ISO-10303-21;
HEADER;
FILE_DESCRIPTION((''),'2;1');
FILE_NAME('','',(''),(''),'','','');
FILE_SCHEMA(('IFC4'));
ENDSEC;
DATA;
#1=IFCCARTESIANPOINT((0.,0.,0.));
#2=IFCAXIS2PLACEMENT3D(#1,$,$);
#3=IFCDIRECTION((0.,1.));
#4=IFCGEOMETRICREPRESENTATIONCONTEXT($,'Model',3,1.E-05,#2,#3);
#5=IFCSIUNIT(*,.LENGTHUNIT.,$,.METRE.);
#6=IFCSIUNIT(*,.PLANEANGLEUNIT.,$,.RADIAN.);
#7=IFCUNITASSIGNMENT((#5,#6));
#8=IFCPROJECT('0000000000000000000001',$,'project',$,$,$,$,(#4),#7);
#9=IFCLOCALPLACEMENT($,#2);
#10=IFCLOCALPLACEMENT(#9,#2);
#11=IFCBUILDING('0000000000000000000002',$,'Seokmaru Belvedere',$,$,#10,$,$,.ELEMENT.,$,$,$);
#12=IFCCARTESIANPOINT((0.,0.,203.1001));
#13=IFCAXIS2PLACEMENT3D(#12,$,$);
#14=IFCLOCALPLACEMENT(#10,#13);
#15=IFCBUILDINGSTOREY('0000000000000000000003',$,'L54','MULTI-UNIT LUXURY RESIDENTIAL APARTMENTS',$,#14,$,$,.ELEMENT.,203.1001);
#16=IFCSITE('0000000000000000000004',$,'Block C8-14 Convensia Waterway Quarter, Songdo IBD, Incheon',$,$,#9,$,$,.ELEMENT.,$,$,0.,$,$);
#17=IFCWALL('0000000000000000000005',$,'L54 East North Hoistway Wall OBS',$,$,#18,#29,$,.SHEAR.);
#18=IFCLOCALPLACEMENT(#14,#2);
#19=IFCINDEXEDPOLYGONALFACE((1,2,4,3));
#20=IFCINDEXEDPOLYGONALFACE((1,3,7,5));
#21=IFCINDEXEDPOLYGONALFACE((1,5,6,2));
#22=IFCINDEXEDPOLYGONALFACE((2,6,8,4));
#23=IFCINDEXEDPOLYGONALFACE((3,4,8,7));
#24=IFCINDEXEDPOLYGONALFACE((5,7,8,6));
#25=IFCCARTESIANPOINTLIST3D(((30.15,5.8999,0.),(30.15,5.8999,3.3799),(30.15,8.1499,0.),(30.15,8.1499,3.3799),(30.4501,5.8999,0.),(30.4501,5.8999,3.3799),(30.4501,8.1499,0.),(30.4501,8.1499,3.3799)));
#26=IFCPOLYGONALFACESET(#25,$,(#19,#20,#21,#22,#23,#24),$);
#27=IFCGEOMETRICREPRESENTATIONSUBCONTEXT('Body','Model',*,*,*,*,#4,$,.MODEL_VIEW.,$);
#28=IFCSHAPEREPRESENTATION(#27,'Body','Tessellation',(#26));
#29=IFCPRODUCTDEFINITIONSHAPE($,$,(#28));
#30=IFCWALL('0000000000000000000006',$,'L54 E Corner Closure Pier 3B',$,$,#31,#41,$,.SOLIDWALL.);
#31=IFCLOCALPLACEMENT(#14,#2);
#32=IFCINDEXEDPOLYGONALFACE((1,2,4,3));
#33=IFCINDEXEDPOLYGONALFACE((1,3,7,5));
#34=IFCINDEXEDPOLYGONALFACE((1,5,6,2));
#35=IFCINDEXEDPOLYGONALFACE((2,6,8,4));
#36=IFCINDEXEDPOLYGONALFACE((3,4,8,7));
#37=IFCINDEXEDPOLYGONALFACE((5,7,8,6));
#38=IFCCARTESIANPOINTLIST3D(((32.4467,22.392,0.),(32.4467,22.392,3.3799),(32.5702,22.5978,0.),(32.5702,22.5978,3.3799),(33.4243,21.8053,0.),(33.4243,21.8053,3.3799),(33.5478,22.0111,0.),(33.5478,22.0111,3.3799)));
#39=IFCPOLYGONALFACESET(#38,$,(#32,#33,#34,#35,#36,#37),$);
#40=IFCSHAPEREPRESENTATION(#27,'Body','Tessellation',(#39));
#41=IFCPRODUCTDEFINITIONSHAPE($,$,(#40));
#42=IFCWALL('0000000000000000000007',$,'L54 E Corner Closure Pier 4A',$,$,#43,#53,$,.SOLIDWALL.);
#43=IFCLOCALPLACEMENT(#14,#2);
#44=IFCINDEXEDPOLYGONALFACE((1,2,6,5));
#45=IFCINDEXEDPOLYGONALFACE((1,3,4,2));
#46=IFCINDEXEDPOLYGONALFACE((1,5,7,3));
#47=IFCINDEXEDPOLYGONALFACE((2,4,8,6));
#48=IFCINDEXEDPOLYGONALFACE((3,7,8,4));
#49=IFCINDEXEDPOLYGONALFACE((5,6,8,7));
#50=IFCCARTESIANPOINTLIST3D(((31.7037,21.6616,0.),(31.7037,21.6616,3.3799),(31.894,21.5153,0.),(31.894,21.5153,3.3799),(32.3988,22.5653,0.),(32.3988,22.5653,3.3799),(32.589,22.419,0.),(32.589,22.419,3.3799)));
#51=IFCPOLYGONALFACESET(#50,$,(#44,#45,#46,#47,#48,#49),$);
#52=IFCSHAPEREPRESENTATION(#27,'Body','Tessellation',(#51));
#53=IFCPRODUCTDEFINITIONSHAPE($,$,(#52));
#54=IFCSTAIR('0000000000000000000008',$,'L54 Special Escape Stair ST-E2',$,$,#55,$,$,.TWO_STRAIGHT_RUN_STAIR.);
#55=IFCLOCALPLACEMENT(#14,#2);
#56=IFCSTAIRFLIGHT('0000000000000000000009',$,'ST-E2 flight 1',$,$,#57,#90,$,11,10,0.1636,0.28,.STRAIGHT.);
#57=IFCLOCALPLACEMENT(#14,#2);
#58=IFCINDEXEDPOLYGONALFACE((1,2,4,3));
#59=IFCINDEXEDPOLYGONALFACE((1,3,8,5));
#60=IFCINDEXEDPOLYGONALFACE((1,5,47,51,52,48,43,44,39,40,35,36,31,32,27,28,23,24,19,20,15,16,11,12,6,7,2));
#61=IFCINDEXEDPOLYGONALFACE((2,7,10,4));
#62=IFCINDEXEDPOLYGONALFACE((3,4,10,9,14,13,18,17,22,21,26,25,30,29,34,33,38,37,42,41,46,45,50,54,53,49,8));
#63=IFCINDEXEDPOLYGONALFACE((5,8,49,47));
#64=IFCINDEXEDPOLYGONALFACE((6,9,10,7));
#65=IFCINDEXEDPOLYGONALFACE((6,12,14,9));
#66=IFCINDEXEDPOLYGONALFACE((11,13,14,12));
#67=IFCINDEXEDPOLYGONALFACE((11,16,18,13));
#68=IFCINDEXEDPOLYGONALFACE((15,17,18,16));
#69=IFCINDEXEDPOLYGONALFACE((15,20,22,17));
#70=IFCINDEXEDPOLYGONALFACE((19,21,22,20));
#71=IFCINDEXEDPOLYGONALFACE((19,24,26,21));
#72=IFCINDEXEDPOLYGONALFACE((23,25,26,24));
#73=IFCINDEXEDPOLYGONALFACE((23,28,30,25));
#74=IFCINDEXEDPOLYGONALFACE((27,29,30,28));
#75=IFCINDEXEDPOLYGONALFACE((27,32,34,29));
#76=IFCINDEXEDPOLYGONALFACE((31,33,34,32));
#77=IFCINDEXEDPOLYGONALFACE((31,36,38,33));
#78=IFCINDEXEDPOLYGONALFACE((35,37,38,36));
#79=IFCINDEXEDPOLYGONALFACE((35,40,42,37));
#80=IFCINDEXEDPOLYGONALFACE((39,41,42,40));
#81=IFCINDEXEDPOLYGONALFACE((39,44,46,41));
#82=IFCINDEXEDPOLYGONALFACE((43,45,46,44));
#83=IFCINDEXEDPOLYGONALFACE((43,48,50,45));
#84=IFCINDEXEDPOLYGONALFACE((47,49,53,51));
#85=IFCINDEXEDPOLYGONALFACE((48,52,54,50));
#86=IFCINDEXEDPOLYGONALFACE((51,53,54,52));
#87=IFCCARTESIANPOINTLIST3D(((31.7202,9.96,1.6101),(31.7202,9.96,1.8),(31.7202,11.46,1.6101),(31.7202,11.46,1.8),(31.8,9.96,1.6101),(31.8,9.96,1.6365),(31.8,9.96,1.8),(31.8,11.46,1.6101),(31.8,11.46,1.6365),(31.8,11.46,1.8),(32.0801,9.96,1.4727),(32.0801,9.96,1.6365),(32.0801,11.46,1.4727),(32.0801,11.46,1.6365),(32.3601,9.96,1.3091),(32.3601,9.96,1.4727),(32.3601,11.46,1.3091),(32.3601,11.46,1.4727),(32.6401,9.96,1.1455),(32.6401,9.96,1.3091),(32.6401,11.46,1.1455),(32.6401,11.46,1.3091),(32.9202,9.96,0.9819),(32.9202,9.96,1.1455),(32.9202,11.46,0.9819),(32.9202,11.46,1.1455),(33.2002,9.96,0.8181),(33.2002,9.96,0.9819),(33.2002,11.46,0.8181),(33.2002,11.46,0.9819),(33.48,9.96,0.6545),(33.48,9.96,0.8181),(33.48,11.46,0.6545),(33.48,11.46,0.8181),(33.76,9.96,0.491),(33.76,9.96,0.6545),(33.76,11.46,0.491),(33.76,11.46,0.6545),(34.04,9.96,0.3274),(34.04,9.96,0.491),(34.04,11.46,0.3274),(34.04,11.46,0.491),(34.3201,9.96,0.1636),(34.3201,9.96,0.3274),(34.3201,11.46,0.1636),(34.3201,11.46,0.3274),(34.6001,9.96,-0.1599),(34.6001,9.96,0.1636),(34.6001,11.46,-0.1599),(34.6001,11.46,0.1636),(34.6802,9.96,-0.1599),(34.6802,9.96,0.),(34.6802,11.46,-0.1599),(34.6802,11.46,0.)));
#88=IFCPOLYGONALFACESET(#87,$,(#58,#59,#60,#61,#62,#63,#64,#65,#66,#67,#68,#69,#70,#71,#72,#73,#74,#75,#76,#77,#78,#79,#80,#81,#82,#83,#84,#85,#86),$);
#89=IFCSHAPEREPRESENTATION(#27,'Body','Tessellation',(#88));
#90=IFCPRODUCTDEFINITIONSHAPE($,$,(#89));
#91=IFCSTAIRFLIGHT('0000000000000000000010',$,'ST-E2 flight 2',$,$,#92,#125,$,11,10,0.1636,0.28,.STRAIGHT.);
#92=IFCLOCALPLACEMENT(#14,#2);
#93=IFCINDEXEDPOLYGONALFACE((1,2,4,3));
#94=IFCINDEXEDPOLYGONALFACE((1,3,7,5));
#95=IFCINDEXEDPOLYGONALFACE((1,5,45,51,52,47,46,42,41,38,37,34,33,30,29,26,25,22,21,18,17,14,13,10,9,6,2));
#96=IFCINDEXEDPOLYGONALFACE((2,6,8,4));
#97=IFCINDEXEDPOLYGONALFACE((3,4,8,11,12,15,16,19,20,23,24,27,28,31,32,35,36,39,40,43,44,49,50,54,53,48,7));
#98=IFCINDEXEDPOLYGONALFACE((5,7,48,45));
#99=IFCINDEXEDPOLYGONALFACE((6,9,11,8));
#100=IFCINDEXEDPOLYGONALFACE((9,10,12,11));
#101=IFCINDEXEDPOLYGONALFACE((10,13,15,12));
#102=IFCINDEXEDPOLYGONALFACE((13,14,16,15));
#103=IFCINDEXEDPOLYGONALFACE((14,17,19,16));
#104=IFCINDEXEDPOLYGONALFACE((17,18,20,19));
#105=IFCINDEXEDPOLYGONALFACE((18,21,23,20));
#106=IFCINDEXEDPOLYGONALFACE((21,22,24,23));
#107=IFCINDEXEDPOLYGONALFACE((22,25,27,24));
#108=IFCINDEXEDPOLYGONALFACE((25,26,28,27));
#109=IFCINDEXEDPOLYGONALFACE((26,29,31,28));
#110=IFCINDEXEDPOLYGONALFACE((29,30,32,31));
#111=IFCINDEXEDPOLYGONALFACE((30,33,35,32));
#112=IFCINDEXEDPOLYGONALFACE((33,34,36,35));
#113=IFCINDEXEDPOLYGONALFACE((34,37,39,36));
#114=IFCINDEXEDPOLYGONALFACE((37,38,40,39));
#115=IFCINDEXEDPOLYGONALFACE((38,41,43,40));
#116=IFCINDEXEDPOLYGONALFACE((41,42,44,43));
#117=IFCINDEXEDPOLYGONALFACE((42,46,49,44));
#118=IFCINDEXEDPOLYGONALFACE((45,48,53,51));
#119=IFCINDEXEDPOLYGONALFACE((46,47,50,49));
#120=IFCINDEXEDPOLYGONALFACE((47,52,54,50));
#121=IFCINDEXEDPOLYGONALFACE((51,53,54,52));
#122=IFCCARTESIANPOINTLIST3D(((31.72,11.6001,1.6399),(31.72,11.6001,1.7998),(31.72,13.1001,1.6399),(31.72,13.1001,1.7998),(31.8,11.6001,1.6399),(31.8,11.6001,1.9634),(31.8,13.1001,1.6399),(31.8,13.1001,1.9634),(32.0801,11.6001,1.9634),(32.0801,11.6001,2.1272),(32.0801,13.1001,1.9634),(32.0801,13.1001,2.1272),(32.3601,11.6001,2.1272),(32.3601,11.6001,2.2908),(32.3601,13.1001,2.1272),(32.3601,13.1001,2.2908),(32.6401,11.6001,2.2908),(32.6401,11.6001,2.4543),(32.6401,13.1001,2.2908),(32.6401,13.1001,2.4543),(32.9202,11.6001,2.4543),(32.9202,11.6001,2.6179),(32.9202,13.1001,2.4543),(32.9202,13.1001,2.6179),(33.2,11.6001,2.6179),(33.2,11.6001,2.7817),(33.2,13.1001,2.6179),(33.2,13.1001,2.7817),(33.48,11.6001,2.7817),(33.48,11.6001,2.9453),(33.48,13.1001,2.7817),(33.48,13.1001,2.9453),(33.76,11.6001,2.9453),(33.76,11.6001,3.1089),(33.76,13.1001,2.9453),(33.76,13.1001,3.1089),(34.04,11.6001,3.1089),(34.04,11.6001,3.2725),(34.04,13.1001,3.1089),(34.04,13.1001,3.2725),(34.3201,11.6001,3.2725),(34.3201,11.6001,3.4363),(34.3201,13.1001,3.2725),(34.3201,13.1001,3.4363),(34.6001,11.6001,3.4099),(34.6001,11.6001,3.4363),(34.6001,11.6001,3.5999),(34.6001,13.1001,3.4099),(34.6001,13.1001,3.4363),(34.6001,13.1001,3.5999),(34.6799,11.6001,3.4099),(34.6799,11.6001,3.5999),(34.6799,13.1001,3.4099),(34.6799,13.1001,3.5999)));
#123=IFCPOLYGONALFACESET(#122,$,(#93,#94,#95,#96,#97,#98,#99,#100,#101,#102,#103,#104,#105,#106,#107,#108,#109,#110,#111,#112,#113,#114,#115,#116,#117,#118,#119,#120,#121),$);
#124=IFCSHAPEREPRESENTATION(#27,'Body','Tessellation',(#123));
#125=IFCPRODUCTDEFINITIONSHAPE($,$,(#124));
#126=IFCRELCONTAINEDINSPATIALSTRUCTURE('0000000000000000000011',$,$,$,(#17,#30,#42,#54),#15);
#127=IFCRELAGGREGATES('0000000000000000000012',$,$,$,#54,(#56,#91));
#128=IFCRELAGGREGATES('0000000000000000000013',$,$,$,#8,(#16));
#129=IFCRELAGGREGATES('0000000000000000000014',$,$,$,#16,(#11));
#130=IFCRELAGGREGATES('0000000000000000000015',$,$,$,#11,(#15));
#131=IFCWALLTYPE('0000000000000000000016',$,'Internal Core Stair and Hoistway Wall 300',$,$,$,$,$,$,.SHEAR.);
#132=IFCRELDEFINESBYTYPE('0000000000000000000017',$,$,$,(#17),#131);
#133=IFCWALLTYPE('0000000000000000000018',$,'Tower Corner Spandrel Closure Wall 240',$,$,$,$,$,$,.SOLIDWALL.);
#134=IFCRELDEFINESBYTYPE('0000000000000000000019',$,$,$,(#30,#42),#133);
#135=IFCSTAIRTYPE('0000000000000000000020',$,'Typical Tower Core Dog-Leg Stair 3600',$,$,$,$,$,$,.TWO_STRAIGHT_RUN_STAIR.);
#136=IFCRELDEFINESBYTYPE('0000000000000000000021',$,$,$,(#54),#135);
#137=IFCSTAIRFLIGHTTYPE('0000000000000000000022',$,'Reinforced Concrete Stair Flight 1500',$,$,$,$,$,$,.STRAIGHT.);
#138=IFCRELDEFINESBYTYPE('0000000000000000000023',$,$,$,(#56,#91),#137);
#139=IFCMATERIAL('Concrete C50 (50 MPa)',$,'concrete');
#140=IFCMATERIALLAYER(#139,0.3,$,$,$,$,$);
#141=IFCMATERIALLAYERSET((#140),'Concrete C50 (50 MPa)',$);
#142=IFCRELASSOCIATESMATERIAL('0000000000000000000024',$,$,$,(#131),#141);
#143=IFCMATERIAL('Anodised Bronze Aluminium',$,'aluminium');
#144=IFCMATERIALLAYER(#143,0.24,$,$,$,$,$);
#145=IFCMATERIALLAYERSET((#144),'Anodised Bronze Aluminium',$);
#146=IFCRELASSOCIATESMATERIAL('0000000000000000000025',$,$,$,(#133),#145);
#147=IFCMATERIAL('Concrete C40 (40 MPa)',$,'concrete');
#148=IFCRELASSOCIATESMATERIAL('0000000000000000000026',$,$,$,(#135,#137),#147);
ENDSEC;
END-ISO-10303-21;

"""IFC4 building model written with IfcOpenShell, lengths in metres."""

from ifc_helpers import new_model, si_unit, direction, frame, frame_2d, origin, place, context, subcontext, project, spatial, polyline, rectangle, outline, extrude, material, layer, layer_set, type_object, element, aggregate, save


model = new_model("IFC4")

# Units and contexts
model_context = context("Model", 3, precision=1e-05, world=origin(), true_north=direction((0.0, 1.0)))
body_context = subcontext(model_context, "Body", "Model", "MODEL_VIEW")
ifc_project = project(units=[si_unit("LENGTHUNIT", "METRE"), si_unit("PLANEANGLEUNIT", "RADIAN")], contexts=[model_context])

# Site, building, storey
site_placement = place(None, origin())
site = spatial("IfcSite", under=ifc_project, at=site_placement, Name="Block C8-14 Convensia Waterway Quarter, Songdo IBD, Incheon", CompositionType="ELEMENT", RefElevation=0.0)
building_placement = place(site_placement, origin())
building = spatial("IfcBuilding", under=site, at=building_placement, Name="Seokmaru Belvedere", CompositionType="ELEMENT")
storey_placement = place(building_placement, frame((0.0, 0.0, 203.1001)))
storey = spatial("IfcBuildingStorey", under=building, at=storey_placement, Name="L54", Description="MULTI-UNIT LUXURY RESIDENTIAL APARTMENTS", CompositionType="ELEMENT", Elevation=203.1001)

# Shared definitions
ifc_material_1 = material(Name="Anodised Bronze Aluminium", Category="aluminium")

# Wall
ifc_material_2 = material(Name="Concrete C50 (50 MPa)", Category="concrete")
ifc_layer_1 = layer(ifc_material_2, 0.3)
ifc_layer_set_1 = layer_set([ifc_layer_1], Name="Concrete C50 (50 MPa)")
wall_type_1 = type_object("IfcWallType", Name="Internal Core Stair and Hoistway Wall 300", PredefinedType="SHEAR", material=ifc_layer_set_1)
wall_1_placement = place(storey_placement, frame((30.3, 5.8999, 0.0), z_axis=(0.0, 0.0, 1.0), x_axis=(0.0, 1.0, 0.0)))
element("IfcWall", 1, at=wall_1_placement, inside=storey, type_object=wall_type_1, Name="L54 East North Hoistway Wall OBS", PredefinedType="SHEAR", context=body_context, shape_type="SweptSolid", body=[
    extrude(rectangle(XDim=2.25, YDim=0.3, at=frame_2d((1.125, 0.0))), origin(), (0.0, 0.0, 1.0), 3.3799),
])

# Walls
ifc_layer_2 = layer(ifc_material_1, 0.24)
ifc_layer_set_2 = layer_set([ifc_layer_2], Name="Anodised Bronze Aluminium")
wall_type_2 = type_object("IfcWallType", Name="Tower Corner Spandrel Closure Wall 240", PredefinedType="SOLIDWALL", material=ifc_layer_set_2)
for number, where, z_axis, x_axis, name in (
    (2, (33.4861, 21.9082, 0.0), (0.0, 0.0, 1.0), (-0.857436, 0.51459, 0.0), "L54 E Corner Closure Pier 3B"),
    (3, (32.4939, 22.4922, 0.0), (0.0, 0.0, 1.0), (-0.609618, -0.792696, 0.0), "L54 E Corner Closure Pier 4A"),
):
    element("IfcWall", number, at=place(storey_placement, frame(where, z_axis=z_axis, x_axis=x_axis)), inside=storey, type_object=wall_type_2, Name=name, PredefinedType="SOLIDWALL", context=body_context, shape_type="SweptSolid", body=[
        extrude(rectangle(XDim=1.1401, YDim=0.24, at=frame_2d((0.5701, 0.0))), origin(), (0.0, 0.0, 1.0), 3.3799),
    ])

# Stair, stair flights
ifc_material_3 = material(Name="Concrete C40 (40 MPa)", Category="concrete")
stair_type = type_object("IfcStairType", Name="Typical Tower Core Dog-Leg Stair 3600", PredefinedType="TWO_STRAIGHT_RUN_STAIR", material=ifc_material_3)
stair_placement = place(storey_placement, origin())
stair = element("IfcStair", 4, at=stair_placement, inside=storey, type_object=stair_type, Name="L54 Special Escape Stair ST-E2", PredefinedType="TWO_STRAIGHT_RUN_STAIR")
stair_flight_type = type_object("IfcStairFlightType", Name="Reinforced Concrete Stair Flight 1500", PredefinedType="STRAIGHT", material=ifc_material_3)
stair_flight_1_placement = place(storey_placement, frame((34.6001, 10.71, 0.0), z_axis=(0.0, 0.0, 1.0), x_axis=(-1.0, 0.0, 0.0)))
stair_flight_1 = element("IfcStairFlight", 5, at=stair_flight_1_placement, type_object=stair_flight_type, Name="ST-E2 flight 1", NumberOfRisers=11, NumberOfTreads=10, PredefinedType="STRAIGHT", RiserHeight=0.1636, TreadLength=0.28, context=body_context, shape_type="SweptSolid", body=[
    extrude(outline(polyline([(-0.0801, 0.0), (0.0, 0.1636), (0.28, 0.1636), (0.28, 0.3274), (0.5601, 0.3274), (0.5601, 0.491), (0.8401, 0.491), (0.8401, 0.6545), (1.1201, 0.6545), (1.1201, 0.8181), (1.3999, 0.8181), (1.3999, 0.9819), (1.6799, 0.9819), (1.6799, 1.1455), (1.96, 1.1455), (1.96, 1.3091), (2.24, 1.3091), (2.24, 1.4727), (2.52, 1.4727), (2.52, 1.6365), (2.8, 1.6365), (2.8, 1.8), (2.8799, 1.8), (2.8799, 1.6101), (2.8, 1.6101), (0.0, -0.1599), (-0.0801, -0.1599), (-0.0801, 0.0)])), frame((0.0, 0.75, 0.0), z_axis=(0.0, -1.0, 0.0), x_axis=(1.0, 0.0, 0.0)), (0.0, 0.0, 1.0), 1.5),
])
stair_flight_2_placement = place(storey_placement, frame((31.8, 12.3501, 1.7998), z_axis=(0.0, 0.0, 1.0), x_axis=(1.0, 0.0, 0.0)))
stair_flight_2 = element("IfcStairFlight", 6, at=stair_flight_2_placement, type_object=stair_flight_type, Name="ST-E2 flight 2", NumberOfRisers=11, NumberOfTreads=10, PredefinedType="STRAIGHT", RiserHeight=0.1636, TreadLength=0.28, context=body_context, shape_type="SweptSolid", body=[
    extrude(outline(polyline([(-0.0801, 0.0), (0.0, 0.1636), (0.28, 0.1636), (0.28, 0.3274), (0.5601, 0.3274), (0.5601, 0.491), (0.8401, 0.491), (0.8401, 0.6545), (1.1201, 0.6545), (1.1201, 0.8181), (1.3999, 0.8181), (1.3999, 0.9819), (1.6799, 0.9819), (1.6799, 1.1455), (1.96, 1.1455), (1.96, 1.3091), (2.24, 1.3091), (2.24, 1.4727), (2.52, 1.4727), (2.52, 1.6365), (2.8, 1.6365), (2.8, 1.8), (2.8799, 1.8), (2.8799, 1.6101), (2.8, 1.6101), (0.0, -0.1599), (-0.0801, -0.1599), (-0.0801, 0.0)])), frame((0.0, 0.75, 0.0), z_axis=(0.0, -1.0, 0.0), x_axis=(1.0, 0.0, 0.0)), (0.0, 0.0, 1.0), 1.5),
])
aggregate(stair, [stair_flight_1, stair_flight_2])

save(model, "model.ifc")
